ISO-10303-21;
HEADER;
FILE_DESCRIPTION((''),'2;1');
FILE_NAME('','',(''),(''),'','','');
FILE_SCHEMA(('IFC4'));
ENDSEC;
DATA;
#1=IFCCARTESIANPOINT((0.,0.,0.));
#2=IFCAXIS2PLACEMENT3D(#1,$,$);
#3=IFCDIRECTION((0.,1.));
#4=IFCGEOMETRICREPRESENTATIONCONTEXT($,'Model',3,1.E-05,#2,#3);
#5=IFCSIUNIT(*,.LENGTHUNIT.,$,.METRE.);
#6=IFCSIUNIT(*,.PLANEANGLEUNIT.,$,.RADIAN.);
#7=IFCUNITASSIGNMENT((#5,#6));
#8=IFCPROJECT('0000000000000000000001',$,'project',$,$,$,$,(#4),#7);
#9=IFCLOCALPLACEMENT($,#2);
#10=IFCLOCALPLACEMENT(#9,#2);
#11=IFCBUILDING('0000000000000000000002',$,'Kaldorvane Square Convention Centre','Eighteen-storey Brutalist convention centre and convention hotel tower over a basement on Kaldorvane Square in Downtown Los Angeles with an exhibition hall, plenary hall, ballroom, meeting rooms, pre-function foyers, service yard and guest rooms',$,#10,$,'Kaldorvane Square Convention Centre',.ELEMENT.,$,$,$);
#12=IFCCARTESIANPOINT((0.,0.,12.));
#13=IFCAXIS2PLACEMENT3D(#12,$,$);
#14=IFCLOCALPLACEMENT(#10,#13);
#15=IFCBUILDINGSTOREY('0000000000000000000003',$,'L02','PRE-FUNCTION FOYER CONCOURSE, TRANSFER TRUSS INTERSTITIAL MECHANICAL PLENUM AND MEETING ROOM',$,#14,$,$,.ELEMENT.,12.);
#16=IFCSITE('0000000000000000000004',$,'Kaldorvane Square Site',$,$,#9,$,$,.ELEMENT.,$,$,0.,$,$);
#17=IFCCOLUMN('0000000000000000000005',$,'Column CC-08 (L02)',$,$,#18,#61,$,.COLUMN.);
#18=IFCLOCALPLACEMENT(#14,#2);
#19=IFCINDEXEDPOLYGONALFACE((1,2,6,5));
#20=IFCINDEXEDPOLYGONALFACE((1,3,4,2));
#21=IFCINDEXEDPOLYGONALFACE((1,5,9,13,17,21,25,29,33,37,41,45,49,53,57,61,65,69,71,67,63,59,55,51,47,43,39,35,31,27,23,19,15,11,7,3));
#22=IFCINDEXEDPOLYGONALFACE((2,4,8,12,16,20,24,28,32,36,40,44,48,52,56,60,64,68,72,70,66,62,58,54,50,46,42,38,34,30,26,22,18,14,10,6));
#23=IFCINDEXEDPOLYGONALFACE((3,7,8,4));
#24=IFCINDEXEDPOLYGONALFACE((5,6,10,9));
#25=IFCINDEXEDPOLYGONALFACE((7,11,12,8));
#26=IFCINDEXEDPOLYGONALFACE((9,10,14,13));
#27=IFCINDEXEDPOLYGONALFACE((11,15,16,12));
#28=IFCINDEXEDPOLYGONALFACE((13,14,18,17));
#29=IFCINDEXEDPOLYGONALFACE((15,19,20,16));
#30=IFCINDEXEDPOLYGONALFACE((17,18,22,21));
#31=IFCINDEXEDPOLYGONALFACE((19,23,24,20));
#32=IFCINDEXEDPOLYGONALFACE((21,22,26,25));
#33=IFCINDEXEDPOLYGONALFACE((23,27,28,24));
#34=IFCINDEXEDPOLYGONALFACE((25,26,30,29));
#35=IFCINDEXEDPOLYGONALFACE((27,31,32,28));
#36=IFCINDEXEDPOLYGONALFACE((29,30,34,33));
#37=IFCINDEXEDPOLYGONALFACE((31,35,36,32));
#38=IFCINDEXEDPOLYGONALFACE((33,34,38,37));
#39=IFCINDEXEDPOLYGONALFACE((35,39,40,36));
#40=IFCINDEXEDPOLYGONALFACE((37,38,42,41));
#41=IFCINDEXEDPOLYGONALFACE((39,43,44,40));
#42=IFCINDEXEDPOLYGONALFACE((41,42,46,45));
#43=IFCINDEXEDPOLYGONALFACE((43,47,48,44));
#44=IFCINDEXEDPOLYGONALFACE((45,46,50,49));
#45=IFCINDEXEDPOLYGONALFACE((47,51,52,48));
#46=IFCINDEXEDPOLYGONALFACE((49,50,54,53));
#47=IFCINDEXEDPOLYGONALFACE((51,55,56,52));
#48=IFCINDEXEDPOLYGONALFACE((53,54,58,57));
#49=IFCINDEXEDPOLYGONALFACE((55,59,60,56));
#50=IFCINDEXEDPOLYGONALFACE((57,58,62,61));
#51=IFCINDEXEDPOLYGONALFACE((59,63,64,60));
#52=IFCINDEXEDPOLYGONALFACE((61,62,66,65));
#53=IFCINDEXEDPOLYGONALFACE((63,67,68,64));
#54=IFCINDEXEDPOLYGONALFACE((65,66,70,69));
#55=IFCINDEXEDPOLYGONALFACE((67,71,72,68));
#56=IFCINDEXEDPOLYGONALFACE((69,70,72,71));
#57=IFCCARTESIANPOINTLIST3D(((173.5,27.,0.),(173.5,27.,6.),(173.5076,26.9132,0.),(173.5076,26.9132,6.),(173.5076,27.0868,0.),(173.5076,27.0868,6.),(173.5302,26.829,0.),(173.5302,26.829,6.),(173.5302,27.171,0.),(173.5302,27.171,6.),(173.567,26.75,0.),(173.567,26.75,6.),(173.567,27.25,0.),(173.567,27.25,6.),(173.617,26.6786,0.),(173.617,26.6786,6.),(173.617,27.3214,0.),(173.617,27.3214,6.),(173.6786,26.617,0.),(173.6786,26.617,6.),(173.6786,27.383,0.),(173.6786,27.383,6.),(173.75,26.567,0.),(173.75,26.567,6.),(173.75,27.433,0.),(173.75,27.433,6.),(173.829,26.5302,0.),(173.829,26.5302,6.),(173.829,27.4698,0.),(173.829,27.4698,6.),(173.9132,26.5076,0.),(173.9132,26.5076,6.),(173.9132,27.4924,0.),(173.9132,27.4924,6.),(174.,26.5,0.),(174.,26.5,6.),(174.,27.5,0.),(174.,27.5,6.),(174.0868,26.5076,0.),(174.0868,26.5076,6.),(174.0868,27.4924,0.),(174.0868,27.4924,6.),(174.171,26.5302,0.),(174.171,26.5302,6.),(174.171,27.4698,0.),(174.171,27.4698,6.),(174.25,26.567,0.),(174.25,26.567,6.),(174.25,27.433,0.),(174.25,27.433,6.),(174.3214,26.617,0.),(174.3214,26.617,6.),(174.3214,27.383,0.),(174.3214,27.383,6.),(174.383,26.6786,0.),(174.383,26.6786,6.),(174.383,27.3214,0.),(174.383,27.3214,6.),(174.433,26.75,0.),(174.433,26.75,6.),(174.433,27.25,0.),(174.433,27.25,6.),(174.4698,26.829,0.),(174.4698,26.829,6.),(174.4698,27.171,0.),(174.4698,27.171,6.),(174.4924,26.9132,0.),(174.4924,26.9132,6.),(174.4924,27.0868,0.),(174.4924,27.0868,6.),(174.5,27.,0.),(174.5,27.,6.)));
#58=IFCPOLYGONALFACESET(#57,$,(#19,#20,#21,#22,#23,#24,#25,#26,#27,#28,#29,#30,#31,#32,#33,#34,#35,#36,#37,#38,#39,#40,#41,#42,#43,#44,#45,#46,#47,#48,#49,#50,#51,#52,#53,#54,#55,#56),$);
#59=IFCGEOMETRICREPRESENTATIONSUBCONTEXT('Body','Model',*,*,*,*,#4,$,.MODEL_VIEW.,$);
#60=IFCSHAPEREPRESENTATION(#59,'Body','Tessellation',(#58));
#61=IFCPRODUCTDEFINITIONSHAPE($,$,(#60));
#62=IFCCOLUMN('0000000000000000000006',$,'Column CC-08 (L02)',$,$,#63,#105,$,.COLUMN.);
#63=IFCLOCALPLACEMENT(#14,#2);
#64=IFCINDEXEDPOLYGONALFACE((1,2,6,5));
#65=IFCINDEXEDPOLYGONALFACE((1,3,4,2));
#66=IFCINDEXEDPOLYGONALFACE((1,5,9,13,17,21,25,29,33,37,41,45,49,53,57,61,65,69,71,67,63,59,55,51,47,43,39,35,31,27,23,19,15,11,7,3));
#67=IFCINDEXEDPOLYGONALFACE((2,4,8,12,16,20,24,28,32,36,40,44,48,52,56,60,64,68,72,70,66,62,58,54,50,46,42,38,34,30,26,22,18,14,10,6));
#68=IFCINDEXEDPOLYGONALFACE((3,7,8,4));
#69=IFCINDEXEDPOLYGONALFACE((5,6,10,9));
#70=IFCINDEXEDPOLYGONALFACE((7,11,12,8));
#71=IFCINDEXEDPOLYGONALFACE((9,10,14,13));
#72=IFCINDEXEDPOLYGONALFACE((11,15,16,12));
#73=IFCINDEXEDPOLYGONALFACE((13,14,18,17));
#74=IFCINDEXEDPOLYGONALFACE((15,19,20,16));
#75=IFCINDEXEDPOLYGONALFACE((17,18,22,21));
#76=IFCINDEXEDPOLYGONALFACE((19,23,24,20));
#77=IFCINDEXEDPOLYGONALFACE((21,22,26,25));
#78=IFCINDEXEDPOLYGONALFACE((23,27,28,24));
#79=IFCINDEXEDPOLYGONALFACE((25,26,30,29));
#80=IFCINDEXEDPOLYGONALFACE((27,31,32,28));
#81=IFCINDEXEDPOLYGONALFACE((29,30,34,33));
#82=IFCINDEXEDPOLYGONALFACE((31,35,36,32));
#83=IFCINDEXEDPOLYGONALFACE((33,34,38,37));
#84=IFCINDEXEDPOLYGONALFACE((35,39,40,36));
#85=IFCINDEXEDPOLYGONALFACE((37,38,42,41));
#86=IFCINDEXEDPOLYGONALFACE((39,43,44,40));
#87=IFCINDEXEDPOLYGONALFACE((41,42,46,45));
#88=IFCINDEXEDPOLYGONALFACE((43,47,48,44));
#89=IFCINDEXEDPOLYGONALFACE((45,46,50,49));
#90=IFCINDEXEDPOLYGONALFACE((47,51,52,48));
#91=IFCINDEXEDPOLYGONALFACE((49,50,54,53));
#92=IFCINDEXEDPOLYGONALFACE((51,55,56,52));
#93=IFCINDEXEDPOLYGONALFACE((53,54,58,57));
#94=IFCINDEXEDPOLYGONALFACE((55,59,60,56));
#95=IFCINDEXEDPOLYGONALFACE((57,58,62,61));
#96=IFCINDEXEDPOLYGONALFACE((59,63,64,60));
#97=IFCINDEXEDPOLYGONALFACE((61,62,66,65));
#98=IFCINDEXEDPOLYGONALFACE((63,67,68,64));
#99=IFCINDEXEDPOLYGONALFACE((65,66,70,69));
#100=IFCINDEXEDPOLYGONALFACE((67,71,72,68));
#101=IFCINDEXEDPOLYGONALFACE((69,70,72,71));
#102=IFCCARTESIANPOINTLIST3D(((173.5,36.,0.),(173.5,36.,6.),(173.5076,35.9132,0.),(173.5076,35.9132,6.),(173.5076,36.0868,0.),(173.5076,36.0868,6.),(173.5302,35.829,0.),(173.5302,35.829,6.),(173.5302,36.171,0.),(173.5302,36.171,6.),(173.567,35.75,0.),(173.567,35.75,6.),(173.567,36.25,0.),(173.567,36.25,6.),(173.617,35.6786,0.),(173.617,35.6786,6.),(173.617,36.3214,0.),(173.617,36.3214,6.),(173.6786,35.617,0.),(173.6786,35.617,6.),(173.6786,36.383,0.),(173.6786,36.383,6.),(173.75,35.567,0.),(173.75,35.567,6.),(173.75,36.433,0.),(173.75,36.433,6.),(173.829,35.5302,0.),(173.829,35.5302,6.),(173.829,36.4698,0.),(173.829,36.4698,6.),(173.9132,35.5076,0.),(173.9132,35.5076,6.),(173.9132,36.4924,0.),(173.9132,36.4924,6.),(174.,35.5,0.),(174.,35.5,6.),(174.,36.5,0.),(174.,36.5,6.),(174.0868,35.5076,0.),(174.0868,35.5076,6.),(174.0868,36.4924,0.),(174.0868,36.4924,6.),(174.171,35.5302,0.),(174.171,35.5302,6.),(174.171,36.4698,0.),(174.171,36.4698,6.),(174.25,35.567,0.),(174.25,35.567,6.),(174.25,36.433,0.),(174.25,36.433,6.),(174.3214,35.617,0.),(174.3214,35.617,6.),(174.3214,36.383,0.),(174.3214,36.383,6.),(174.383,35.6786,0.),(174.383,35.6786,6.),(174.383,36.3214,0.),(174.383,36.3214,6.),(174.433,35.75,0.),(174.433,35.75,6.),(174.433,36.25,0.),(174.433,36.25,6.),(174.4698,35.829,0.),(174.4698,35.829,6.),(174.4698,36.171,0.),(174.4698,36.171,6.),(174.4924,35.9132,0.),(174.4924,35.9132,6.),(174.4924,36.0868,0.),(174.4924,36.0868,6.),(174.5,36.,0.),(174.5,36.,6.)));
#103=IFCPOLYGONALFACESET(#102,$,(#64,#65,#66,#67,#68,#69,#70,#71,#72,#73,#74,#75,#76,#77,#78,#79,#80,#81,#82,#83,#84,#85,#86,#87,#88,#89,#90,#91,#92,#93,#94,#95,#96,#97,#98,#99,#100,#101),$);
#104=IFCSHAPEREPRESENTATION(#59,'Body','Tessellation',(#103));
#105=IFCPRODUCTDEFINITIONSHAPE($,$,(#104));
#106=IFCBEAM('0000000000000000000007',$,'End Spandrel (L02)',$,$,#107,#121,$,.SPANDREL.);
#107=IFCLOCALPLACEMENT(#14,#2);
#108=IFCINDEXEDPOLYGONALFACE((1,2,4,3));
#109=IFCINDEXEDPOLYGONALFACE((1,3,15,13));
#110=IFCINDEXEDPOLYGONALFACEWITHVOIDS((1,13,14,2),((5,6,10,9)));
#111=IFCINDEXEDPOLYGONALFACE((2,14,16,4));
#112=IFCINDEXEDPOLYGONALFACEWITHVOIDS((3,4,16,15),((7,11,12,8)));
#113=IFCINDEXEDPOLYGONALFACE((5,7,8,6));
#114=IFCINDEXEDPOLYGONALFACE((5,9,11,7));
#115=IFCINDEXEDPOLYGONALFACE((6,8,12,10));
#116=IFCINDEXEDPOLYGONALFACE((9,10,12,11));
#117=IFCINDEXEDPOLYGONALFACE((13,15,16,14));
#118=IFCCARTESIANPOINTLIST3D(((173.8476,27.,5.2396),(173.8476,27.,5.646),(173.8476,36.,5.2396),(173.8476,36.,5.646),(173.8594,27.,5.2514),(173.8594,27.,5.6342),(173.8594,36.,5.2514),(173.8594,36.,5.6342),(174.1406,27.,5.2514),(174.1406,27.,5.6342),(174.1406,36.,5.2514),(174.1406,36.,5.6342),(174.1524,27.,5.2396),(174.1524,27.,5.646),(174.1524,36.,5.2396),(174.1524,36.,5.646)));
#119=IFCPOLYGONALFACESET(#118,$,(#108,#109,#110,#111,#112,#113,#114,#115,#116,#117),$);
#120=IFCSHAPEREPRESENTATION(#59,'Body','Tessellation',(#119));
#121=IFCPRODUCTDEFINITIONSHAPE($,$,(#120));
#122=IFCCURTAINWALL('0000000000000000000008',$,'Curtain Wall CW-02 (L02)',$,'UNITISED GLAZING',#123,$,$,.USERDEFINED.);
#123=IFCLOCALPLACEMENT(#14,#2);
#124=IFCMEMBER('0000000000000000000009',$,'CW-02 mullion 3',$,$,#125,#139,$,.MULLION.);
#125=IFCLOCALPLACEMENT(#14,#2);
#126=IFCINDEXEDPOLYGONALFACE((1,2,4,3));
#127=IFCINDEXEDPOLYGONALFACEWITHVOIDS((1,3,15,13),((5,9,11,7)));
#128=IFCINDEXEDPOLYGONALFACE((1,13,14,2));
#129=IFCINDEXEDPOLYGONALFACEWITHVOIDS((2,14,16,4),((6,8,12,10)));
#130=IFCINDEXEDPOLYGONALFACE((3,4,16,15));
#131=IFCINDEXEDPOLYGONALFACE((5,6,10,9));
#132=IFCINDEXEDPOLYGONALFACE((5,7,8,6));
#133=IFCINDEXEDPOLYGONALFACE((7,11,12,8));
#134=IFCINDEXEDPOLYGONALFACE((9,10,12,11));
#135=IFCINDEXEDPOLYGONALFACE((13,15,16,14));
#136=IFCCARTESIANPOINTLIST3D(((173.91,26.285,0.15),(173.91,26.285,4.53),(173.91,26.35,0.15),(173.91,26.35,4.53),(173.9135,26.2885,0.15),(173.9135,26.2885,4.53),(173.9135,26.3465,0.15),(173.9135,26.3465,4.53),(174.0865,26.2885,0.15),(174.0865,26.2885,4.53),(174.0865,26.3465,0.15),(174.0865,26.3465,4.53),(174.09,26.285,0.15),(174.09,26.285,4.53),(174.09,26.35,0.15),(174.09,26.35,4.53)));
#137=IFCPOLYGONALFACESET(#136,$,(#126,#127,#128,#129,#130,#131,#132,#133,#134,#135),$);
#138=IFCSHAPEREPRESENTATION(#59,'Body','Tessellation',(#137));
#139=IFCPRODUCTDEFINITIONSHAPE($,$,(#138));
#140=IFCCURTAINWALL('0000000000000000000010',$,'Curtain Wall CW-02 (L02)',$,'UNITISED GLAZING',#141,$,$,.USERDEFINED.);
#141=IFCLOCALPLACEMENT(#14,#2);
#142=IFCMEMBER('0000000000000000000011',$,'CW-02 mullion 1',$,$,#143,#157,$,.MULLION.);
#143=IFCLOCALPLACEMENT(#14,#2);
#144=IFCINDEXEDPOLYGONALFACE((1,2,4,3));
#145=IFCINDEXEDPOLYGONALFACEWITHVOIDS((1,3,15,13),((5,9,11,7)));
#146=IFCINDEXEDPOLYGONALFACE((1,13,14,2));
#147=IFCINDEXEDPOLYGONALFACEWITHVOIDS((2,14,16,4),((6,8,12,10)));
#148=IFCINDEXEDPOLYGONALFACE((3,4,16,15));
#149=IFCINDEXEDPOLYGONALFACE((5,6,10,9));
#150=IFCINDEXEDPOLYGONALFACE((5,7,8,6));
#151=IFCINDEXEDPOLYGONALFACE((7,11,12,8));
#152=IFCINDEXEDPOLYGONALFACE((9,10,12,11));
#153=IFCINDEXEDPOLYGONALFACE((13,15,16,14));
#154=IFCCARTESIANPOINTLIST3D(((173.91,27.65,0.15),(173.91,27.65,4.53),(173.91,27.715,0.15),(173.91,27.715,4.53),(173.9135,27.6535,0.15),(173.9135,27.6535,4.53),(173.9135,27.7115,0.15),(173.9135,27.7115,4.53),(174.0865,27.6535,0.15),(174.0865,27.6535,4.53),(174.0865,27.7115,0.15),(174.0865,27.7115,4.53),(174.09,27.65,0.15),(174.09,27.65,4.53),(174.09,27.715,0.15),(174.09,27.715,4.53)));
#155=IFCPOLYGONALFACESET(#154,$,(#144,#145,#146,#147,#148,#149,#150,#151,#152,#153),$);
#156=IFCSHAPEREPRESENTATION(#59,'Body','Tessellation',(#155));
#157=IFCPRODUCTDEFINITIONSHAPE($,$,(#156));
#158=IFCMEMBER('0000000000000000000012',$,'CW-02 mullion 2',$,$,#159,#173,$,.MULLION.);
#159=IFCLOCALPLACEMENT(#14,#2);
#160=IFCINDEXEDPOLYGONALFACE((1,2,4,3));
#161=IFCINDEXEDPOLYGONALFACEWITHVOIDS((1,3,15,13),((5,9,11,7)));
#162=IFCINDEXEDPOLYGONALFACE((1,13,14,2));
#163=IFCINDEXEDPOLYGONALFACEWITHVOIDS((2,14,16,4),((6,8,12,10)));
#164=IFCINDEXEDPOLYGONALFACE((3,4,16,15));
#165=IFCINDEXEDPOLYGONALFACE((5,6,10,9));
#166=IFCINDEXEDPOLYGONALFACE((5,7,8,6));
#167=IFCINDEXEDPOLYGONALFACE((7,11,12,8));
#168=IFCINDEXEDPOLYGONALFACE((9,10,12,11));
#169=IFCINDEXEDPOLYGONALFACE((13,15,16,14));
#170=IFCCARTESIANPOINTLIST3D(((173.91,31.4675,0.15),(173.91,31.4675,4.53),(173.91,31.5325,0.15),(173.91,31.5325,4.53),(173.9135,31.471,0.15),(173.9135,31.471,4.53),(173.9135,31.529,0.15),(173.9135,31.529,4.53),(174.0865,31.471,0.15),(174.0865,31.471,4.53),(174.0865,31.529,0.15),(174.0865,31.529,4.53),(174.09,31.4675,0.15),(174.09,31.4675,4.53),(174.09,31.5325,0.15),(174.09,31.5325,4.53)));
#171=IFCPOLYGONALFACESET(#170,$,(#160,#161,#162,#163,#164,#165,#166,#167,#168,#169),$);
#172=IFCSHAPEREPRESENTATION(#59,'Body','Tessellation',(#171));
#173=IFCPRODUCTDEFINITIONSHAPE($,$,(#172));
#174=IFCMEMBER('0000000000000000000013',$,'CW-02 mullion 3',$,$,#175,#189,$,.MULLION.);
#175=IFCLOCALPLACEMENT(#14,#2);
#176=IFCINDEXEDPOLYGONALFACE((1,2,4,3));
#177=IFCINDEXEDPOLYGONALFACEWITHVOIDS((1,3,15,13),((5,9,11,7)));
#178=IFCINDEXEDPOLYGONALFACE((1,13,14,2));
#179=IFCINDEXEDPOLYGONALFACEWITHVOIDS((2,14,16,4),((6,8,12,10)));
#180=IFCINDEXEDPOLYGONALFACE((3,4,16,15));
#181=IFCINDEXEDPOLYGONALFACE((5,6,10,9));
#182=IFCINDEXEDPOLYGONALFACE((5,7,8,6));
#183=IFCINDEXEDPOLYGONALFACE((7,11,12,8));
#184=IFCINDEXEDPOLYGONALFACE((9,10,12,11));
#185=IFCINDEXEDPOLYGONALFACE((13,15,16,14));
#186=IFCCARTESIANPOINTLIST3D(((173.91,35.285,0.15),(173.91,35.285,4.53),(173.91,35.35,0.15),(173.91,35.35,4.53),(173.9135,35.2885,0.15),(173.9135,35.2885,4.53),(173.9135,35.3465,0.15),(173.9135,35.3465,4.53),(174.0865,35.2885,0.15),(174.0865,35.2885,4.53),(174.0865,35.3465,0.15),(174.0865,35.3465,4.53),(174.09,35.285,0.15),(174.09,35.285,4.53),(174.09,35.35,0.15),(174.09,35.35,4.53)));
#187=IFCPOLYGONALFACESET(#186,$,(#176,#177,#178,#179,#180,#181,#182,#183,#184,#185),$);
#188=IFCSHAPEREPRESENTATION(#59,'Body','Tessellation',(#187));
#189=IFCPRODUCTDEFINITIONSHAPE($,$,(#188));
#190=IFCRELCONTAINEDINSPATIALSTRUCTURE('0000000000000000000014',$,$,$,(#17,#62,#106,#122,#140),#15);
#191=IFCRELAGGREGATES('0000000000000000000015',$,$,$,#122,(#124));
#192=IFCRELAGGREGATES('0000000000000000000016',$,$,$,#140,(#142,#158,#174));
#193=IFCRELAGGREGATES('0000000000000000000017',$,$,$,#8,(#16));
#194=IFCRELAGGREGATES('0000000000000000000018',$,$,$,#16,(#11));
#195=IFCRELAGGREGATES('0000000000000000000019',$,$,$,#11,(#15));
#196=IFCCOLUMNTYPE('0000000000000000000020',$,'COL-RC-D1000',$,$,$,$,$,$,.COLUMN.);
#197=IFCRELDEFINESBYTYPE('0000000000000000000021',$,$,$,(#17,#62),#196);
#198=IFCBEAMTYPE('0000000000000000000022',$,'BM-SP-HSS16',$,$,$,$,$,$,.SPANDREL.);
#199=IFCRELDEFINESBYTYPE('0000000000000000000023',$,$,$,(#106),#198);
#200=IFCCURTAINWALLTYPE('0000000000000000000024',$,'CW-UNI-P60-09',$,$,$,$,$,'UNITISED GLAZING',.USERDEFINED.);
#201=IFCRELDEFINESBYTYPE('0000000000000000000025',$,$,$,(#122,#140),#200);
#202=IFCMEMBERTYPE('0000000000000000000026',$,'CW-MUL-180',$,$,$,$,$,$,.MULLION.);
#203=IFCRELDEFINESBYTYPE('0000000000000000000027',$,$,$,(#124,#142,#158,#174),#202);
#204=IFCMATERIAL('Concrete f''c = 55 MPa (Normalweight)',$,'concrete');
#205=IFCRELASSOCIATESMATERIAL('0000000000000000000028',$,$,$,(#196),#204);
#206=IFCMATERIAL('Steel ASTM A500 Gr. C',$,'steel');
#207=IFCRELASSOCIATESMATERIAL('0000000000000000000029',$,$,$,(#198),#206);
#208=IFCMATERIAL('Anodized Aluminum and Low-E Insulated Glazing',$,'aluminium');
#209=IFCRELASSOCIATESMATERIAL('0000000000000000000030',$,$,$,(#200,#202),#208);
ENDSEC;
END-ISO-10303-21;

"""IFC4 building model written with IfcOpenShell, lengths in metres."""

from ifc_helpers import new_model, si_unit, direction, frame, origin, origin_2d, place, context, subcontext, project, spatial, hollow_rectangle, circle, extrude, material, material_profile, profile_set, type_object, element, aggregate, save


model = new_model("IFC4")

# Units and contexts
model_context = context("Model", 3, precision=1e-05, world=origin(), true_north=direction((0.0, 1.0)))
body_context = subcontext(model_context, "Body", "Model", "MODEL_VIEW")
ifc_project = project(units=[si_unit("LENGTHUNIT", "METRE"), si_unit("PLANEANGLEUNIT", "RADIAN")], contexts=[model_context])

# Site, building, storey
site_placement = place(None, origin())
site = spatial("IfcSite", under=ifc_project, at=site_placement, Name="Kaldorvane Square Site", CompositionType="ELEMENT", RefElevation=0.0)
building_placement = place(site_placement, origin())
building = spatial("IfcBuilding", under=site, at=building_placement, Name="Kaldorvane Square Convention Centre", Description="Eighteen-storey Brutalist convention centre and convention hotel tower over a basement on Kaldorvane Square in Downtown Los Angeles with an exhibition hall, plenary hall, ballroom, meeting rooms, pre-function foyers, service yard and guest rooms", LongName="Kaldorvane Square Convention Centre", CompositionType="ELEMENT")
storey_placement = place(building_placement, frame((0.0, 0.0, 12.0)))
storey = spatial("IfcBuildingStorey", under=building, at=storey_placement, Name="L02", Description="PRE-FUNCTION FOYER CONCOURSE, TRANSFER TRUSS INTERSTITIAL MECHANICAL PLENUM AND MEETING ROOM", CompositionType="ELEMENT", Elevation=12.0)

# Columns
ifc_material_1 = material(Name="Concrete f'c = 55 MPa (Normalweight)", Category="concrete")
ifc_material_profile_1 = material_profile(ifc_material_1, circle(Radius=0.5, at=origin_2d()), Name="RC-D1000")
ifc_profile_set_1 = profile_set([ifc_material_profile_1], Name="Concrete f'c = 55 MPa (Normalweight)")
column_type = type_object("IfcColumnType", Name="COL-RC-D1000", PredefinedType="COLUMN", material=ifc_profile_set_1)
for number, where, z_axis, x_axis, name in (
    (1, (174.0, 27.0, 0.0), (0.0, 0.0, 1.0), (1.0, 0.0, 0.0), "Column CC-08 (L02)"),
    (2, (174.0, 36.0, 0.0), (0.0, 0.0, 1.0), (1.0, 0.0, 0.0), "Column CC-08 (L02)"),
):
    element("IfcColumn", number, at=place(storey_placement, frame(where, z_axis=z_axis, x_axis=x_axis)), inside=storey, type_object=column_type, Name=name, PredefinedType="COLUMN", context=body_context, shape_type="SweptSolid", body=[
        extrude(circle(Radius=0.5, at=origin_2d()), origin(), (0.0, 0.0, 1.0), 6.0),
    ])

# Beam
ifc_material_2 = material(Name="Steel ASTM A500 Gr. C", Category="steel")
ifc_material_profile_2 = material_profile(ifc_material_2, hollow_rectangle(XDim=0.3048, YDim=0.4064, WallThickness=0.0118, at=origin_2d()), Name="HSS16X12X1/2")
ifc_profile_set_2 = profile_set([ifc_material_profile_2], Name="Steel ASTM A500 Gr. C")
beam_type = type_object("IfcBeamType", Name="BM-SP-HSS16", PredefinedType="SPANDREL", material=ifc_profile_set_2)
beam_placement = place(storey_placement, frame((174.0, 27.0, 5.4428), z_axis=(0.0, 1.0, 0.0), x_axis=(-1.0, 0.0, 0.0)))
element("IfcBeam", 3, at=beam_placement, inside=storey, type_object=beam_type, Name="End Spandrel (L02)", PredefinedType="SPANDREL", context=body_context, shape_type="SweptSolid", body=[
    extrude(hollow_rectangle(XDim=0.3048, YDim=0.4064, WallThickness=0.0118, at=origin_2d()), origin(), (0.0, 0.0, 1.0), 9.0),
])

# Curtain wall, member
ifc_material_3 = material(Name="Anodized Aluminum and Low-E Insulated Glazing", Category="aluminium")
curtain_wall_type_1 = type_object("IfcCurtainWallType", Name="CW-UNI-P60-09", ElementType="UNITISED GLAZING", PredefinedType="USERDEFINED", material=ifc_material_3)
curtain_wall_1_placement = place(storey_placement, origin())
curtain_wall_1 = element("IfcCurtainWall", 4, at=curtain_wall_1_placement, inside=storey, type_object=curtain_wall_type_1, Name="Curtain Wall CW-02 (L02)", ObjectType="UNITISED GLAZING", PredefinedType="USERDEFINED")
ifc_material_profile_3 = material_profile(ifc_material_3, hollow_rectangle(XDim=0.065, YDim=0.18, WallThickness=0.0035, at=origin_2d()), Name="CWM-180X65")
ifc_profile_set_3 = profile_set([ifc_material_profile_3], Name="Anodized Aluminum and Low-E Insulated Glazing")
member_type_1 = type_object("IfcMemberType", Name="CW-MUL-180", PredefinedType="MULLION", material=ifc_profile_set_3)
member_1_placement = place(storey_placement, frame((174.0, 26.3175, 0.15), z_axis=(0.0, 0.0, 1.0), x_axis=(0.0, 1.0, 0.0)))
member_1 = element("IfcMember", 5, at=member_1_placement, type_object=member_type_1, Name="CW-02 mullion 3", PredefinedType="MULLION", context=body_context, shape_type="SweptSolid", body=[
    extrude(hollow_rectangle(XDim=0.065, YDim=0.18, WallThickness=0.0035, at=origin_2d()), origin(), (0.0, 0.0, 1.0), 4.38),
])
aggregate(curtain_wall_1, [member_1])

# Curtain wall, members
curtain_wall_2_placement = place(storey_placement, origin())
curtain_wall_2 = element("IfcCurtainWall", 6, at=curtain_wall_2_placement, inside=storey, type_object=curtain_wall_type_1, Name="Curtain Wall CW-02 (L02)", ObjectType="UNITISED GLAZING", PredefinedType="USERDEFINED")
member_2_placement = place(storey_placement, frame((174.0, 27.6825, 0.15), z_axis=(0.0, 0.0, 1.0), x_axis=(0.0, 1.0, 0.0)))
member_2 = element("IfcMember", 7, at=member_2_placement, type_object=member_type_1, Name="CW-02 mullion 1", PredefinedType="MULLION", context=body_context, shape_type="SweptSolid", body=[
    extrude(hollow_rectangle(XDim=0.065, YDim=0.18, WallThickness=0.0035, at=origin_2d()), origin(), (0.0, 0.0, 1.0), 4.38),
])
member_3_placement = place(storey_placement, frame((174.0, 31.5, 0.15), z_axis=(0.0, 0.0, 1.0), x_axis=(0.0, 1.0, 0.0)))
member_3 = element("IfcMember", 8, at=member_3_placement, type_object=member_type_1, Name="CW-02 mullion 2", PredefinedType="MULLION", context=body_context, shape_type="SweptSolid", body=[
    extrude(hollow_rectangle(XDim=0.065, YDim=0.18, WallThickness=0.0035, at=origin_2d()), origin(), (0.0, 0.0, 1.0), 4.38),
])
member_4_placement = place(storey_placement, frame((174.0, 35.3175, 0.15), z_axis=(0.0, 0.0, 1.0), x_axis=(0.0, 1.0, 0.0)))
member_4 = element("IfcMember", 9, at=member_4_placement, type_object=member_type_1, Name="CW-02 mullion 3", PredefinedType="MULLION", context=body_context, shape_type="SweptSolid", body=[
    extrude(hollow_rectangle(XDim=0.065, YDim=0.18, WallThickness=0.0035, at=origin_2d()), origin(), (0.0, 0.0, 1.0), 4.38),
])

aggregate(curtain_wall_2, [member_2, member_3, member_4])

save(model, "model.ifc")
